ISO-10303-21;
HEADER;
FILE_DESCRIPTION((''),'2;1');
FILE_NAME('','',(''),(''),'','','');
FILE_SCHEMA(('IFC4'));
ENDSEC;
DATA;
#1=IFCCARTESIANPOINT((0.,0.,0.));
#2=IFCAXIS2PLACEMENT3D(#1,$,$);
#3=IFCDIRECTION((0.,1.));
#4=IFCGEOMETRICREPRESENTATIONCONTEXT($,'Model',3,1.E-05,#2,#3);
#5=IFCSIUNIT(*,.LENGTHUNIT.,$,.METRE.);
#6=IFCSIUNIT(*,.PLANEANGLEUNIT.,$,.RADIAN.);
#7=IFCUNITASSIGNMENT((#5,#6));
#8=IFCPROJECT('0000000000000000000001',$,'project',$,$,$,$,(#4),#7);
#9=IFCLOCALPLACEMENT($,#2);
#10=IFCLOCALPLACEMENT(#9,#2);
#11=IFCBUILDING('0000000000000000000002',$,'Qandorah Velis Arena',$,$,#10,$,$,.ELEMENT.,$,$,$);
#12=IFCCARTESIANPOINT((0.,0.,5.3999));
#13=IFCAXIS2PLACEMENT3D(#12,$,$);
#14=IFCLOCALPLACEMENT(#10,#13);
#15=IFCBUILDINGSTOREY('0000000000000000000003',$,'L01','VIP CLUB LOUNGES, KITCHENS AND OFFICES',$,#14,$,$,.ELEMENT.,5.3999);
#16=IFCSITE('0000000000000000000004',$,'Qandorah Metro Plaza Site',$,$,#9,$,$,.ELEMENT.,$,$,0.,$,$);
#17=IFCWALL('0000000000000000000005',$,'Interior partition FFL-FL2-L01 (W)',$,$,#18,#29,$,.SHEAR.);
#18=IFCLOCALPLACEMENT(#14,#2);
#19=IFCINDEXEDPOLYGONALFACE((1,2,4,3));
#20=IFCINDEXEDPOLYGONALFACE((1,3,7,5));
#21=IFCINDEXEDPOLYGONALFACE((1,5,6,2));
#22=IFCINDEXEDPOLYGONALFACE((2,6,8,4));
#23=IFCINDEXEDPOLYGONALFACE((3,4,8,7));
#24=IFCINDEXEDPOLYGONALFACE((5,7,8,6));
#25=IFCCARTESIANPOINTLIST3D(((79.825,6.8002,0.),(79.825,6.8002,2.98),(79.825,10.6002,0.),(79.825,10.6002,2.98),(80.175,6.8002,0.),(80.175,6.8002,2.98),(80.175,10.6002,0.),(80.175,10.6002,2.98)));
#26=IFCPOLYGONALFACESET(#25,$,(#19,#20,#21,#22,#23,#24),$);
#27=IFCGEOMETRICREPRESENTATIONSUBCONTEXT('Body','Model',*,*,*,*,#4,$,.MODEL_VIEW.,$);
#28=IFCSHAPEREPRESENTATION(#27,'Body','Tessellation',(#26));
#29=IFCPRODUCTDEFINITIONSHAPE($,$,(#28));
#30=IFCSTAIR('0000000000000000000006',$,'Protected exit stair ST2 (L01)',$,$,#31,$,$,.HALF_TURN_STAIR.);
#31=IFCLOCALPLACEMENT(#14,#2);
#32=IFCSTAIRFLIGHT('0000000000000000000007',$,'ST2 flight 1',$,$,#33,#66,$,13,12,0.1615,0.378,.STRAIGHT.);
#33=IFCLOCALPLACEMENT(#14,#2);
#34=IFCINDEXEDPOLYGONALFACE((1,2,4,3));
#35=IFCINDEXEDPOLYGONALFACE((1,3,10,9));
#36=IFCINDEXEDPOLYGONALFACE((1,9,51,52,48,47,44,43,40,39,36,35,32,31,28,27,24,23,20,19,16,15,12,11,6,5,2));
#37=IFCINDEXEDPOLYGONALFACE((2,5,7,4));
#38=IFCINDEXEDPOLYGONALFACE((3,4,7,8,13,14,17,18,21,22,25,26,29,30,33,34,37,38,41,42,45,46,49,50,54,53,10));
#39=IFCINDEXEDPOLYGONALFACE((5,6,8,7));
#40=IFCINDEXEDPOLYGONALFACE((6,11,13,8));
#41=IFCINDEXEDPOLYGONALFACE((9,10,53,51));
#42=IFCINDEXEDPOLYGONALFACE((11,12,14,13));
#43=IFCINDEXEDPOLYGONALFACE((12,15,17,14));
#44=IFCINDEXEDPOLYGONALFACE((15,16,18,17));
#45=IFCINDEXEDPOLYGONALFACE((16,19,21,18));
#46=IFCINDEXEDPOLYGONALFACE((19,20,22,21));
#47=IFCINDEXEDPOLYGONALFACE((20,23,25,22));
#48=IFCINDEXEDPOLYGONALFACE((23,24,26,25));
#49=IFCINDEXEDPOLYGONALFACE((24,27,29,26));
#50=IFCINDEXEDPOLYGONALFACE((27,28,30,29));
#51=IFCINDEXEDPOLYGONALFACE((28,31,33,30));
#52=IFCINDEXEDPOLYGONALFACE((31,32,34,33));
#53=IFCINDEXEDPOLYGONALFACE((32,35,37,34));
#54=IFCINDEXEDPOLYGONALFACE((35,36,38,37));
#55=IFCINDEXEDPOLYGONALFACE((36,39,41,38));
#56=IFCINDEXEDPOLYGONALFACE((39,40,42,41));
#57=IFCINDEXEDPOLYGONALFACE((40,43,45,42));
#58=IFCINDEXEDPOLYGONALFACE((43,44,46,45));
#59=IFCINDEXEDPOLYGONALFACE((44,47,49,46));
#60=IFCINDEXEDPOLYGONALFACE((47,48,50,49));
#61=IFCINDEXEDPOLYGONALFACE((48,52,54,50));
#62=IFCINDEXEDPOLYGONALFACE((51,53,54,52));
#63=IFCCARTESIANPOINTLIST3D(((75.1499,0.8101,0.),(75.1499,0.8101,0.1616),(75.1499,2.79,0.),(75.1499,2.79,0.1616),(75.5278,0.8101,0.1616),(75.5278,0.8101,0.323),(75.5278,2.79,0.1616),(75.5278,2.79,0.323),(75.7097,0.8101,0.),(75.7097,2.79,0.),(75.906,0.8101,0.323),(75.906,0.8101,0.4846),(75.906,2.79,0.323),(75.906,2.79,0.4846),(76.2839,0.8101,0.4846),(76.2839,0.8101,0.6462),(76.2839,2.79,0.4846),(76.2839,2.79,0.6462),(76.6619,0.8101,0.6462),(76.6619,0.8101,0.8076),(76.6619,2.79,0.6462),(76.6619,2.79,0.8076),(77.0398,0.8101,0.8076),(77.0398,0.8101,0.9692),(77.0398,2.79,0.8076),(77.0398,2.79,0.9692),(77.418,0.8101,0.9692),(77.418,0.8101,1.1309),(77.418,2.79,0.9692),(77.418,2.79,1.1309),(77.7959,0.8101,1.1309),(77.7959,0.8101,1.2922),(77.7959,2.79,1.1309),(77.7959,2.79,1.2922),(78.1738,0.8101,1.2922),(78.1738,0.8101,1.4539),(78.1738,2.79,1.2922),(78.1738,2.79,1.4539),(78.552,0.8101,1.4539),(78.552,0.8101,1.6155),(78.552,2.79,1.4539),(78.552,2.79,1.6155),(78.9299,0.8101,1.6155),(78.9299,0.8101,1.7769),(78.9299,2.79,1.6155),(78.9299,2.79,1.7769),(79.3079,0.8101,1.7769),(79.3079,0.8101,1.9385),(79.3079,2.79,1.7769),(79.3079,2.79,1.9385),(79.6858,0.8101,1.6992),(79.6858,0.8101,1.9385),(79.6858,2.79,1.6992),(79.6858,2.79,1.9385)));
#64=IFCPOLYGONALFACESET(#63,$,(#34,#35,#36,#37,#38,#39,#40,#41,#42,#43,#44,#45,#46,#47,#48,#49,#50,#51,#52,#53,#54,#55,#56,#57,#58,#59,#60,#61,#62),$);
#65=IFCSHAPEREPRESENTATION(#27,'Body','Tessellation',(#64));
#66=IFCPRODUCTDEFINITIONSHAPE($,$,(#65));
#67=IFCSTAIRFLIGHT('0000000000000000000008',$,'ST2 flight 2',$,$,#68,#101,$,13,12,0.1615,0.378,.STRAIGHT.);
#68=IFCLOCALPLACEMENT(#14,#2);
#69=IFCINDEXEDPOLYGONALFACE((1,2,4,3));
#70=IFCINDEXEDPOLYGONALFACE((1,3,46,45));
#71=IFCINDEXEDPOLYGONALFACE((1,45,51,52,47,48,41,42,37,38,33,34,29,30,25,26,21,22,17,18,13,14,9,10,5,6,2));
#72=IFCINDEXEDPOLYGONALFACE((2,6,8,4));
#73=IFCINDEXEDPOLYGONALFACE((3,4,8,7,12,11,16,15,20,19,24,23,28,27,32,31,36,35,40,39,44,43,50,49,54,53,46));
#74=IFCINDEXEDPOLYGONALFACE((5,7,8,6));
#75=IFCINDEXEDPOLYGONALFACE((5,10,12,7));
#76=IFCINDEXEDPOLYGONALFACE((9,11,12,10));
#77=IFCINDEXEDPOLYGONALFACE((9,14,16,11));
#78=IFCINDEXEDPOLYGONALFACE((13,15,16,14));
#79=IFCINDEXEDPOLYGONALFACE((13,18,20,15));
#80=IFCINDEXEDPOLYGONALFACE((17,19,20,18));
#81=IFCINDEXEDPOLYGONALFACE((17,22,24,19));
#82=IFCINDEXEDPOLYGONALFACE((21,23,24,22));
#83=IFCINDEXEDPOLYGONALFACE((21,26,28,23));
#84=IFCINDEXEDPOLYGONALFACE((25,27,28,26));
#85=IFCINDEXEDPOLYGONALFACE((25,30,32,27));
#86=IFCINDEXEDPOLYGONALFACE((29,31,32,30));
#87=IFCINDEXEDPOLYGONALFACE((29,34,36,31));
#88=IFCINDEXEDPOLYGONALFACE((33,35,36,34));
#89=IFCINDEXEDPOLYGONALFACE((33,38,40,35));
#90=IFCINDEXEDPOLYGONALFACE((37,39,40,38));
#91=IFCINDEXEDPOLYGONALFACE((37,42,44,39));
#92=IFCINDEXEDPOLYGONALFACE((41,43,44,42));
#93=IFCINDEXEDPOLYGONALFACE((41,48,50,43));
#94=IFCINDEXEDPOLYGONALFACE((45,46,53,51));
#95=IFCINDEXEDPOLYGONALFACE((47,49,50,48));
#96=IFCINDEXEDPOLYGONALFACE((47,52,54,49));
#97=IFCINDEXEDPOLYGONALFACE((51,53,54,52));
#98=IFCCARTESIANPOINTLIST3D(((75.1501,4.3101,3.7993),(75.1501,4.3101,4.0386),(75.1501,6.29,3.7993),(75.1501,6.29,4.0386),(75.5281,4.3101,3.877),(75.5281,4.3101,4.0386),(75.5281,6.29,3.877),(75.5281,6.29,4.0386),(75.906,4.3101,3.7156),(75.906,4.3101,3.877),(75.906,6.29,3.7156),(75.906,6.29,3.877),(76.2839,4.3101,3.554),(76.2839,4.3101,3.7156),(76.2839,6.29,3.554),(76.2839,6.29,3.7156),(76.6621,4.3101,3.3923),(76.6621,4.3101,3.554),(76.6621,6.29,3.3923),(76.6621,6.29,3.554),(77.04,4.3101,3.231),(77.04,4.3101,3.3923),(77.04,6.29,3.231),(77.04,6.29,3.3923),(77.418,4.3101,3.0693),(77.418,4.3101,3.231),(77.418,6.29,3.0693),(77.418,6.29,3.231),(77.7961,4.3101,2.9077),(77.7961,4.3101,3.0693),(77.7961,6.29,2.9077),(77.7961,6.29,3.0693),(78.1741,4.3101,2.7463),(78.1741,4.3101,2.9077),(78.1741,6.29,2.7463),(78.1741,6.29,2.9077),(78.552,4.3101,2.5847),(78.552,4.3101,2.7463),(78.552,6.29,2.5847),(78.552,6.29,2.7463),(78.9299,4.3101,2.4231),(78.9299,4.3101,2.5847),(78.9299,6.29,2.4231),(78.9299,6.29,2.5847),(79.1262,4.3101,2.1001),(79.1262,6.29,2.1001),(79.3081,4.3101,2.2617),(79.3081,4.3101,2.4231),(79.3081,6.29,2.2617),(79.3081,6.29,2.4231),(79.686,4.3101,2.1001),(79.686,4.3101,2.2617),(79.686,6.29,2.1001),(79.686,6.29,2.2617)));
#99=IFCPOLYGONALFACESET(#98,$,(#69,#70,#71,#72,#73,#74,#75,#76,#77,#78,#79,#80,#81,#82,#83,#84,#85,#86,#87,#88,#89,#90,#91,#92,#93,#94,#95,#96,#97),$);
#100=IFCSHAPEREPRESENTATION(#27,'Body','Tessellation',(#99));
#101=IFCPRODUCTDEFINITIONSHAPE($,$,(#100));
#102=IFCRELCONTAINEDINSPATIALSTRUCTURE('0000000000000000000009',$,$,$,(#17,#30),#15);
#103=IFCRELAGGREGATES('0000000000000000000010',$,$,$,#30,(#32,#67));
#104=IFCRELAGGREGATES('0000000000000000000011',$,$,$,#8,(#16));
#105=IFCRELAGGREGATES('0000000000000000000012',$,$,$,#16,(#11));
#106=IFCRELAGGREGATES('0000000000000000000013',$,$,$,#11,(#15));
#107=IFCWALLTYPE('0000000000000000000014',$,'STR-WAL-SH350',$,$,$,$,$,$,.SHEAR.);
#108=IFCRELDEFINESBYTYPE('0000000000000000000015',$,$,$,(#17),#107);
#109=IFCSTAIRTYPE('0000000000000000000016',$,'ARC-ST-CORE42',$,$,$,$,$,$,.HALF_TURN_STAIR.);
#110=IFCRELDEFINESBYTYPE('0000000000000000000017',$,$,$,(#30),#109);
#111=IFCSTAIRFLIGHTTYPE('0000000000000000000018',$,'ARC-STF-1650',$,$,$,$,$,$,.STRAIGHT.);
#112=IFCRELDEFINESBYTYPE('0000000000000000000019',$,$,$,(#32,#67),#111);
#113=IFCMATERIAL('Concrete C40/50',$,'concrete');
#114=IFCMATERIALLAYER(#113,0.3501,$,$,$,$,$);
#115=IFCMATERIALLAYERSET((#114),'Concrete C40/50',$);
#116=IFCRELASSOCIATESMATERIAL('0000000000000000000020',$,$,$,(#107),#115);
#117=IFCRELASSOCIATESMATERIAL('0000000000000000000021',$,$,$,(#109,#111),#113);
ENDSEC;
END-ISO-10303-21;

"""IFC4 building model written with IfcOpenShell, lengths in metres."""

from ifc_helpers import new_model, si_unit, direction, frame, frame_2d, origin, place, context, subcontext, project, spatial, polyline, rectangle, outline, extrude, material, layer, layer_set, type_object, element, aggregate, save


model = new_model("IFC4")

# Units and contexts
model_context = context("Model", 3, precision=1e-05, world=origin(), true_north=direction((0.0, 1.0)))
body_context = subcontext(model_context, "Body", "Model", "MODEL_VIEW")
ifc_project = project(units=[si_unit("LENGTHUNIT", "METRE"), si_unit("PLANEANGLEUNIT", "RADIAN")], contexts=[model_context])

# Site, building, storey
site_placement = place(None, origin())
site = spatial("IfcSite", under=ifc_project, at=site_placement, Name="Qandorah Metro Plaza Site", CompositionType="ELEMENT", RefElevation=0.0)
building_placement = place(site_placement, origin())
building = spatial("IfcBuilding", under=site, at=building_placement, Name="Qandorah Velis Arena", CompositionType="ELEMENT")
storey_placement = place(building_placement, frame((0.0, 0.0, 5.3999)))
storey = spatial("IfcBuildingStorey", under=building, at=storey_placement, Name="L01", Description="VIP CLUB LOUNGES, KITCHENS AND OFFICES", CompositionType="ELEMENT", Elevation=5.3999)

# Shared definitions
ifc_material_1 = material(Name="Concrete C40/50", Category="concrete")

# Wall
ifc_layer_1 = layer(ifc_material_1, 0.3501)
ifc_layer_set_1 = layer_set([ifc_layer_1], Name="Concrete C40/50")
wall_type_1 = type_object("IfcWallType", Name="STR-WAL-SH350", PredefinedType="SHEAR", material=ifc_layer_set_1)
wall_1_placement = place(storey_placement, frame((80.0, 10.6001, 0.0), z_axis=(0.0, 0.0, 1.0), x_axis=(0.0, -1.0, 0.0)))
element("IfcWall", 1, at=wall_1_placement, inside=storey, type_object=wall_type_1, Name="Interior partition FFL-FL2-L01 (W)", PredefinedType="SHEAR", context=body_context, shape_type="SweptSolid", body=[
    extrude(rectangle(XDim=3.8, YDim=0.3501, at=frame_2d((1.8999, 0.0))), origin(), (0.0, 0.0, 1.0), 2.98),
])

# Stair, stair flights
stair_type = type_object("IfcStairType", Name="ARC-ST-CORE42", PredefinedType="HALF_TURN_STAIR", material=ifc_material_1)
stair_placement = place(storey_placement, origin())
stair = element("IfcStair", 2, at=stair_placement, inside=storey, type_object=stair_type, Name="Protected exit stair ST2 (L01)", PredefinedType="HALF_TURN_STAIR")
stair_flight_type = type_object("IfcStairFlightType", Name="ARC-STF-1650", PredefinedType="STRAIGHT", material=ifc_material_1)
stair_flight_1_placement = place(storey_placement, frame((75.1499, 1.8, 0.0), z_axis=(0.0, 0.0, 1.0), x_axis=(1.0, 0.0, 0.0)))
stair_flight_1 = element("IfcStairFlight", 3, at=stair_flight_1_placement, type_object=stair_flight_type, Name="ST2 flight 1", NumberOfRisers=13, NumberOfTreads=12, PredefinedType="STRAIGHT", RiserHeight=0.1615, TreadLength=0.378, context=body_context, shape_type="SweptSolid", body=[
    extrude(outline(polyline([(0.0, 0.0), (0.0, 0.1616), (0.3779, 0.1616), (0.3779, 0.323), (0.7561, 0.323), (0.7561, 0.4846), (1.134, 0.4846), (1.134, 0.6462), (1.512, 0.6462), (1.512, 0.8076), (1.8899, 0.8076), (1.8899, 0.9692), (2.2681, 0.9692), (2.2681, 1.1309), (2.646, 1.1309), (2.646, 1.2922), (3.0239, 1.2922), (3.0239, 1.4539), (3.4021, 1.4539), (3.4021, 1.6155), (3.78, 1.6155), (3.78, 1.7769), (4.158, 1.7769), (4.158, 1.9385), (4.5359, 1.9385), (4.5359, 2.1001), (4.5359, 1.6992), (0.5598, 0.0), (0.0, 0.0)])), frame((0.0, 0.99, 0.0), z_axis=(0.0, -1.0, 0.0), x_axis=(1.0, 0.0, 0.0)), (0.0, 0.0, 1.0), 1.98),
])
stair_flight_2_placement = place(storey_placement, frame((79.686, 5.3, 2.1001), z_axis=(0.0, 0.0, 1.0), x_axis=(-1.0, 0.0, 0.0)))
stair_flight_2 = element("IfcStairFlight", 4, at=stair_flight_2_placement, type_object=stair_flight_type, Name="ST2 flight 2", NumberOfRisers=13, NumberOfTreads=12, PredefinedType="STRAIGHT", RiserHeight=0.1615, TreadLength=0.378, context=body_context, shape_type="SweptSolid", body=[
    extrude(outline(polyline([(0.0, 0.0), (0.0, 0.1616), (0.3779, 0.1616), (0.3779, 0.323), (0.7561, 0.323), (0.7561, 0.4846), (1.134, 0.4846), (1.134, 0.6462), (1.512, 0.6462), (1.512, 0.8076), (1.8899, 0.8076), (1.8899, 0.9692), (2.2681, 0.9692), (2.2681, 1.1309), (2.646, 1.1309), (2.646, 1.2922), (3.0239, 1.2922), (3.0239, 1.4539), (3.4021, 1.4539), (3.4021, 1.6155), (3.78, 1.6155), (3.78, 1.7769), (4.158, 1.7769), (4.158, 1.9385), (4.5359, 1.9385), (4.5359, 2.1001), (4.5359, 1.6992), (0.5598, 0.0), (0.0, 0.0)])), frame((0.0, 0.99, 0.0), z_axis=(0.0, -1.0, 0.0), x_axis=(1.0, 0.0, 0.0)), (0.0, 0.0, 1.0), 1.98),
])
aggregate(stair, [stair_flight_1, stair_flight_2])

save(model, "model.ifc")
